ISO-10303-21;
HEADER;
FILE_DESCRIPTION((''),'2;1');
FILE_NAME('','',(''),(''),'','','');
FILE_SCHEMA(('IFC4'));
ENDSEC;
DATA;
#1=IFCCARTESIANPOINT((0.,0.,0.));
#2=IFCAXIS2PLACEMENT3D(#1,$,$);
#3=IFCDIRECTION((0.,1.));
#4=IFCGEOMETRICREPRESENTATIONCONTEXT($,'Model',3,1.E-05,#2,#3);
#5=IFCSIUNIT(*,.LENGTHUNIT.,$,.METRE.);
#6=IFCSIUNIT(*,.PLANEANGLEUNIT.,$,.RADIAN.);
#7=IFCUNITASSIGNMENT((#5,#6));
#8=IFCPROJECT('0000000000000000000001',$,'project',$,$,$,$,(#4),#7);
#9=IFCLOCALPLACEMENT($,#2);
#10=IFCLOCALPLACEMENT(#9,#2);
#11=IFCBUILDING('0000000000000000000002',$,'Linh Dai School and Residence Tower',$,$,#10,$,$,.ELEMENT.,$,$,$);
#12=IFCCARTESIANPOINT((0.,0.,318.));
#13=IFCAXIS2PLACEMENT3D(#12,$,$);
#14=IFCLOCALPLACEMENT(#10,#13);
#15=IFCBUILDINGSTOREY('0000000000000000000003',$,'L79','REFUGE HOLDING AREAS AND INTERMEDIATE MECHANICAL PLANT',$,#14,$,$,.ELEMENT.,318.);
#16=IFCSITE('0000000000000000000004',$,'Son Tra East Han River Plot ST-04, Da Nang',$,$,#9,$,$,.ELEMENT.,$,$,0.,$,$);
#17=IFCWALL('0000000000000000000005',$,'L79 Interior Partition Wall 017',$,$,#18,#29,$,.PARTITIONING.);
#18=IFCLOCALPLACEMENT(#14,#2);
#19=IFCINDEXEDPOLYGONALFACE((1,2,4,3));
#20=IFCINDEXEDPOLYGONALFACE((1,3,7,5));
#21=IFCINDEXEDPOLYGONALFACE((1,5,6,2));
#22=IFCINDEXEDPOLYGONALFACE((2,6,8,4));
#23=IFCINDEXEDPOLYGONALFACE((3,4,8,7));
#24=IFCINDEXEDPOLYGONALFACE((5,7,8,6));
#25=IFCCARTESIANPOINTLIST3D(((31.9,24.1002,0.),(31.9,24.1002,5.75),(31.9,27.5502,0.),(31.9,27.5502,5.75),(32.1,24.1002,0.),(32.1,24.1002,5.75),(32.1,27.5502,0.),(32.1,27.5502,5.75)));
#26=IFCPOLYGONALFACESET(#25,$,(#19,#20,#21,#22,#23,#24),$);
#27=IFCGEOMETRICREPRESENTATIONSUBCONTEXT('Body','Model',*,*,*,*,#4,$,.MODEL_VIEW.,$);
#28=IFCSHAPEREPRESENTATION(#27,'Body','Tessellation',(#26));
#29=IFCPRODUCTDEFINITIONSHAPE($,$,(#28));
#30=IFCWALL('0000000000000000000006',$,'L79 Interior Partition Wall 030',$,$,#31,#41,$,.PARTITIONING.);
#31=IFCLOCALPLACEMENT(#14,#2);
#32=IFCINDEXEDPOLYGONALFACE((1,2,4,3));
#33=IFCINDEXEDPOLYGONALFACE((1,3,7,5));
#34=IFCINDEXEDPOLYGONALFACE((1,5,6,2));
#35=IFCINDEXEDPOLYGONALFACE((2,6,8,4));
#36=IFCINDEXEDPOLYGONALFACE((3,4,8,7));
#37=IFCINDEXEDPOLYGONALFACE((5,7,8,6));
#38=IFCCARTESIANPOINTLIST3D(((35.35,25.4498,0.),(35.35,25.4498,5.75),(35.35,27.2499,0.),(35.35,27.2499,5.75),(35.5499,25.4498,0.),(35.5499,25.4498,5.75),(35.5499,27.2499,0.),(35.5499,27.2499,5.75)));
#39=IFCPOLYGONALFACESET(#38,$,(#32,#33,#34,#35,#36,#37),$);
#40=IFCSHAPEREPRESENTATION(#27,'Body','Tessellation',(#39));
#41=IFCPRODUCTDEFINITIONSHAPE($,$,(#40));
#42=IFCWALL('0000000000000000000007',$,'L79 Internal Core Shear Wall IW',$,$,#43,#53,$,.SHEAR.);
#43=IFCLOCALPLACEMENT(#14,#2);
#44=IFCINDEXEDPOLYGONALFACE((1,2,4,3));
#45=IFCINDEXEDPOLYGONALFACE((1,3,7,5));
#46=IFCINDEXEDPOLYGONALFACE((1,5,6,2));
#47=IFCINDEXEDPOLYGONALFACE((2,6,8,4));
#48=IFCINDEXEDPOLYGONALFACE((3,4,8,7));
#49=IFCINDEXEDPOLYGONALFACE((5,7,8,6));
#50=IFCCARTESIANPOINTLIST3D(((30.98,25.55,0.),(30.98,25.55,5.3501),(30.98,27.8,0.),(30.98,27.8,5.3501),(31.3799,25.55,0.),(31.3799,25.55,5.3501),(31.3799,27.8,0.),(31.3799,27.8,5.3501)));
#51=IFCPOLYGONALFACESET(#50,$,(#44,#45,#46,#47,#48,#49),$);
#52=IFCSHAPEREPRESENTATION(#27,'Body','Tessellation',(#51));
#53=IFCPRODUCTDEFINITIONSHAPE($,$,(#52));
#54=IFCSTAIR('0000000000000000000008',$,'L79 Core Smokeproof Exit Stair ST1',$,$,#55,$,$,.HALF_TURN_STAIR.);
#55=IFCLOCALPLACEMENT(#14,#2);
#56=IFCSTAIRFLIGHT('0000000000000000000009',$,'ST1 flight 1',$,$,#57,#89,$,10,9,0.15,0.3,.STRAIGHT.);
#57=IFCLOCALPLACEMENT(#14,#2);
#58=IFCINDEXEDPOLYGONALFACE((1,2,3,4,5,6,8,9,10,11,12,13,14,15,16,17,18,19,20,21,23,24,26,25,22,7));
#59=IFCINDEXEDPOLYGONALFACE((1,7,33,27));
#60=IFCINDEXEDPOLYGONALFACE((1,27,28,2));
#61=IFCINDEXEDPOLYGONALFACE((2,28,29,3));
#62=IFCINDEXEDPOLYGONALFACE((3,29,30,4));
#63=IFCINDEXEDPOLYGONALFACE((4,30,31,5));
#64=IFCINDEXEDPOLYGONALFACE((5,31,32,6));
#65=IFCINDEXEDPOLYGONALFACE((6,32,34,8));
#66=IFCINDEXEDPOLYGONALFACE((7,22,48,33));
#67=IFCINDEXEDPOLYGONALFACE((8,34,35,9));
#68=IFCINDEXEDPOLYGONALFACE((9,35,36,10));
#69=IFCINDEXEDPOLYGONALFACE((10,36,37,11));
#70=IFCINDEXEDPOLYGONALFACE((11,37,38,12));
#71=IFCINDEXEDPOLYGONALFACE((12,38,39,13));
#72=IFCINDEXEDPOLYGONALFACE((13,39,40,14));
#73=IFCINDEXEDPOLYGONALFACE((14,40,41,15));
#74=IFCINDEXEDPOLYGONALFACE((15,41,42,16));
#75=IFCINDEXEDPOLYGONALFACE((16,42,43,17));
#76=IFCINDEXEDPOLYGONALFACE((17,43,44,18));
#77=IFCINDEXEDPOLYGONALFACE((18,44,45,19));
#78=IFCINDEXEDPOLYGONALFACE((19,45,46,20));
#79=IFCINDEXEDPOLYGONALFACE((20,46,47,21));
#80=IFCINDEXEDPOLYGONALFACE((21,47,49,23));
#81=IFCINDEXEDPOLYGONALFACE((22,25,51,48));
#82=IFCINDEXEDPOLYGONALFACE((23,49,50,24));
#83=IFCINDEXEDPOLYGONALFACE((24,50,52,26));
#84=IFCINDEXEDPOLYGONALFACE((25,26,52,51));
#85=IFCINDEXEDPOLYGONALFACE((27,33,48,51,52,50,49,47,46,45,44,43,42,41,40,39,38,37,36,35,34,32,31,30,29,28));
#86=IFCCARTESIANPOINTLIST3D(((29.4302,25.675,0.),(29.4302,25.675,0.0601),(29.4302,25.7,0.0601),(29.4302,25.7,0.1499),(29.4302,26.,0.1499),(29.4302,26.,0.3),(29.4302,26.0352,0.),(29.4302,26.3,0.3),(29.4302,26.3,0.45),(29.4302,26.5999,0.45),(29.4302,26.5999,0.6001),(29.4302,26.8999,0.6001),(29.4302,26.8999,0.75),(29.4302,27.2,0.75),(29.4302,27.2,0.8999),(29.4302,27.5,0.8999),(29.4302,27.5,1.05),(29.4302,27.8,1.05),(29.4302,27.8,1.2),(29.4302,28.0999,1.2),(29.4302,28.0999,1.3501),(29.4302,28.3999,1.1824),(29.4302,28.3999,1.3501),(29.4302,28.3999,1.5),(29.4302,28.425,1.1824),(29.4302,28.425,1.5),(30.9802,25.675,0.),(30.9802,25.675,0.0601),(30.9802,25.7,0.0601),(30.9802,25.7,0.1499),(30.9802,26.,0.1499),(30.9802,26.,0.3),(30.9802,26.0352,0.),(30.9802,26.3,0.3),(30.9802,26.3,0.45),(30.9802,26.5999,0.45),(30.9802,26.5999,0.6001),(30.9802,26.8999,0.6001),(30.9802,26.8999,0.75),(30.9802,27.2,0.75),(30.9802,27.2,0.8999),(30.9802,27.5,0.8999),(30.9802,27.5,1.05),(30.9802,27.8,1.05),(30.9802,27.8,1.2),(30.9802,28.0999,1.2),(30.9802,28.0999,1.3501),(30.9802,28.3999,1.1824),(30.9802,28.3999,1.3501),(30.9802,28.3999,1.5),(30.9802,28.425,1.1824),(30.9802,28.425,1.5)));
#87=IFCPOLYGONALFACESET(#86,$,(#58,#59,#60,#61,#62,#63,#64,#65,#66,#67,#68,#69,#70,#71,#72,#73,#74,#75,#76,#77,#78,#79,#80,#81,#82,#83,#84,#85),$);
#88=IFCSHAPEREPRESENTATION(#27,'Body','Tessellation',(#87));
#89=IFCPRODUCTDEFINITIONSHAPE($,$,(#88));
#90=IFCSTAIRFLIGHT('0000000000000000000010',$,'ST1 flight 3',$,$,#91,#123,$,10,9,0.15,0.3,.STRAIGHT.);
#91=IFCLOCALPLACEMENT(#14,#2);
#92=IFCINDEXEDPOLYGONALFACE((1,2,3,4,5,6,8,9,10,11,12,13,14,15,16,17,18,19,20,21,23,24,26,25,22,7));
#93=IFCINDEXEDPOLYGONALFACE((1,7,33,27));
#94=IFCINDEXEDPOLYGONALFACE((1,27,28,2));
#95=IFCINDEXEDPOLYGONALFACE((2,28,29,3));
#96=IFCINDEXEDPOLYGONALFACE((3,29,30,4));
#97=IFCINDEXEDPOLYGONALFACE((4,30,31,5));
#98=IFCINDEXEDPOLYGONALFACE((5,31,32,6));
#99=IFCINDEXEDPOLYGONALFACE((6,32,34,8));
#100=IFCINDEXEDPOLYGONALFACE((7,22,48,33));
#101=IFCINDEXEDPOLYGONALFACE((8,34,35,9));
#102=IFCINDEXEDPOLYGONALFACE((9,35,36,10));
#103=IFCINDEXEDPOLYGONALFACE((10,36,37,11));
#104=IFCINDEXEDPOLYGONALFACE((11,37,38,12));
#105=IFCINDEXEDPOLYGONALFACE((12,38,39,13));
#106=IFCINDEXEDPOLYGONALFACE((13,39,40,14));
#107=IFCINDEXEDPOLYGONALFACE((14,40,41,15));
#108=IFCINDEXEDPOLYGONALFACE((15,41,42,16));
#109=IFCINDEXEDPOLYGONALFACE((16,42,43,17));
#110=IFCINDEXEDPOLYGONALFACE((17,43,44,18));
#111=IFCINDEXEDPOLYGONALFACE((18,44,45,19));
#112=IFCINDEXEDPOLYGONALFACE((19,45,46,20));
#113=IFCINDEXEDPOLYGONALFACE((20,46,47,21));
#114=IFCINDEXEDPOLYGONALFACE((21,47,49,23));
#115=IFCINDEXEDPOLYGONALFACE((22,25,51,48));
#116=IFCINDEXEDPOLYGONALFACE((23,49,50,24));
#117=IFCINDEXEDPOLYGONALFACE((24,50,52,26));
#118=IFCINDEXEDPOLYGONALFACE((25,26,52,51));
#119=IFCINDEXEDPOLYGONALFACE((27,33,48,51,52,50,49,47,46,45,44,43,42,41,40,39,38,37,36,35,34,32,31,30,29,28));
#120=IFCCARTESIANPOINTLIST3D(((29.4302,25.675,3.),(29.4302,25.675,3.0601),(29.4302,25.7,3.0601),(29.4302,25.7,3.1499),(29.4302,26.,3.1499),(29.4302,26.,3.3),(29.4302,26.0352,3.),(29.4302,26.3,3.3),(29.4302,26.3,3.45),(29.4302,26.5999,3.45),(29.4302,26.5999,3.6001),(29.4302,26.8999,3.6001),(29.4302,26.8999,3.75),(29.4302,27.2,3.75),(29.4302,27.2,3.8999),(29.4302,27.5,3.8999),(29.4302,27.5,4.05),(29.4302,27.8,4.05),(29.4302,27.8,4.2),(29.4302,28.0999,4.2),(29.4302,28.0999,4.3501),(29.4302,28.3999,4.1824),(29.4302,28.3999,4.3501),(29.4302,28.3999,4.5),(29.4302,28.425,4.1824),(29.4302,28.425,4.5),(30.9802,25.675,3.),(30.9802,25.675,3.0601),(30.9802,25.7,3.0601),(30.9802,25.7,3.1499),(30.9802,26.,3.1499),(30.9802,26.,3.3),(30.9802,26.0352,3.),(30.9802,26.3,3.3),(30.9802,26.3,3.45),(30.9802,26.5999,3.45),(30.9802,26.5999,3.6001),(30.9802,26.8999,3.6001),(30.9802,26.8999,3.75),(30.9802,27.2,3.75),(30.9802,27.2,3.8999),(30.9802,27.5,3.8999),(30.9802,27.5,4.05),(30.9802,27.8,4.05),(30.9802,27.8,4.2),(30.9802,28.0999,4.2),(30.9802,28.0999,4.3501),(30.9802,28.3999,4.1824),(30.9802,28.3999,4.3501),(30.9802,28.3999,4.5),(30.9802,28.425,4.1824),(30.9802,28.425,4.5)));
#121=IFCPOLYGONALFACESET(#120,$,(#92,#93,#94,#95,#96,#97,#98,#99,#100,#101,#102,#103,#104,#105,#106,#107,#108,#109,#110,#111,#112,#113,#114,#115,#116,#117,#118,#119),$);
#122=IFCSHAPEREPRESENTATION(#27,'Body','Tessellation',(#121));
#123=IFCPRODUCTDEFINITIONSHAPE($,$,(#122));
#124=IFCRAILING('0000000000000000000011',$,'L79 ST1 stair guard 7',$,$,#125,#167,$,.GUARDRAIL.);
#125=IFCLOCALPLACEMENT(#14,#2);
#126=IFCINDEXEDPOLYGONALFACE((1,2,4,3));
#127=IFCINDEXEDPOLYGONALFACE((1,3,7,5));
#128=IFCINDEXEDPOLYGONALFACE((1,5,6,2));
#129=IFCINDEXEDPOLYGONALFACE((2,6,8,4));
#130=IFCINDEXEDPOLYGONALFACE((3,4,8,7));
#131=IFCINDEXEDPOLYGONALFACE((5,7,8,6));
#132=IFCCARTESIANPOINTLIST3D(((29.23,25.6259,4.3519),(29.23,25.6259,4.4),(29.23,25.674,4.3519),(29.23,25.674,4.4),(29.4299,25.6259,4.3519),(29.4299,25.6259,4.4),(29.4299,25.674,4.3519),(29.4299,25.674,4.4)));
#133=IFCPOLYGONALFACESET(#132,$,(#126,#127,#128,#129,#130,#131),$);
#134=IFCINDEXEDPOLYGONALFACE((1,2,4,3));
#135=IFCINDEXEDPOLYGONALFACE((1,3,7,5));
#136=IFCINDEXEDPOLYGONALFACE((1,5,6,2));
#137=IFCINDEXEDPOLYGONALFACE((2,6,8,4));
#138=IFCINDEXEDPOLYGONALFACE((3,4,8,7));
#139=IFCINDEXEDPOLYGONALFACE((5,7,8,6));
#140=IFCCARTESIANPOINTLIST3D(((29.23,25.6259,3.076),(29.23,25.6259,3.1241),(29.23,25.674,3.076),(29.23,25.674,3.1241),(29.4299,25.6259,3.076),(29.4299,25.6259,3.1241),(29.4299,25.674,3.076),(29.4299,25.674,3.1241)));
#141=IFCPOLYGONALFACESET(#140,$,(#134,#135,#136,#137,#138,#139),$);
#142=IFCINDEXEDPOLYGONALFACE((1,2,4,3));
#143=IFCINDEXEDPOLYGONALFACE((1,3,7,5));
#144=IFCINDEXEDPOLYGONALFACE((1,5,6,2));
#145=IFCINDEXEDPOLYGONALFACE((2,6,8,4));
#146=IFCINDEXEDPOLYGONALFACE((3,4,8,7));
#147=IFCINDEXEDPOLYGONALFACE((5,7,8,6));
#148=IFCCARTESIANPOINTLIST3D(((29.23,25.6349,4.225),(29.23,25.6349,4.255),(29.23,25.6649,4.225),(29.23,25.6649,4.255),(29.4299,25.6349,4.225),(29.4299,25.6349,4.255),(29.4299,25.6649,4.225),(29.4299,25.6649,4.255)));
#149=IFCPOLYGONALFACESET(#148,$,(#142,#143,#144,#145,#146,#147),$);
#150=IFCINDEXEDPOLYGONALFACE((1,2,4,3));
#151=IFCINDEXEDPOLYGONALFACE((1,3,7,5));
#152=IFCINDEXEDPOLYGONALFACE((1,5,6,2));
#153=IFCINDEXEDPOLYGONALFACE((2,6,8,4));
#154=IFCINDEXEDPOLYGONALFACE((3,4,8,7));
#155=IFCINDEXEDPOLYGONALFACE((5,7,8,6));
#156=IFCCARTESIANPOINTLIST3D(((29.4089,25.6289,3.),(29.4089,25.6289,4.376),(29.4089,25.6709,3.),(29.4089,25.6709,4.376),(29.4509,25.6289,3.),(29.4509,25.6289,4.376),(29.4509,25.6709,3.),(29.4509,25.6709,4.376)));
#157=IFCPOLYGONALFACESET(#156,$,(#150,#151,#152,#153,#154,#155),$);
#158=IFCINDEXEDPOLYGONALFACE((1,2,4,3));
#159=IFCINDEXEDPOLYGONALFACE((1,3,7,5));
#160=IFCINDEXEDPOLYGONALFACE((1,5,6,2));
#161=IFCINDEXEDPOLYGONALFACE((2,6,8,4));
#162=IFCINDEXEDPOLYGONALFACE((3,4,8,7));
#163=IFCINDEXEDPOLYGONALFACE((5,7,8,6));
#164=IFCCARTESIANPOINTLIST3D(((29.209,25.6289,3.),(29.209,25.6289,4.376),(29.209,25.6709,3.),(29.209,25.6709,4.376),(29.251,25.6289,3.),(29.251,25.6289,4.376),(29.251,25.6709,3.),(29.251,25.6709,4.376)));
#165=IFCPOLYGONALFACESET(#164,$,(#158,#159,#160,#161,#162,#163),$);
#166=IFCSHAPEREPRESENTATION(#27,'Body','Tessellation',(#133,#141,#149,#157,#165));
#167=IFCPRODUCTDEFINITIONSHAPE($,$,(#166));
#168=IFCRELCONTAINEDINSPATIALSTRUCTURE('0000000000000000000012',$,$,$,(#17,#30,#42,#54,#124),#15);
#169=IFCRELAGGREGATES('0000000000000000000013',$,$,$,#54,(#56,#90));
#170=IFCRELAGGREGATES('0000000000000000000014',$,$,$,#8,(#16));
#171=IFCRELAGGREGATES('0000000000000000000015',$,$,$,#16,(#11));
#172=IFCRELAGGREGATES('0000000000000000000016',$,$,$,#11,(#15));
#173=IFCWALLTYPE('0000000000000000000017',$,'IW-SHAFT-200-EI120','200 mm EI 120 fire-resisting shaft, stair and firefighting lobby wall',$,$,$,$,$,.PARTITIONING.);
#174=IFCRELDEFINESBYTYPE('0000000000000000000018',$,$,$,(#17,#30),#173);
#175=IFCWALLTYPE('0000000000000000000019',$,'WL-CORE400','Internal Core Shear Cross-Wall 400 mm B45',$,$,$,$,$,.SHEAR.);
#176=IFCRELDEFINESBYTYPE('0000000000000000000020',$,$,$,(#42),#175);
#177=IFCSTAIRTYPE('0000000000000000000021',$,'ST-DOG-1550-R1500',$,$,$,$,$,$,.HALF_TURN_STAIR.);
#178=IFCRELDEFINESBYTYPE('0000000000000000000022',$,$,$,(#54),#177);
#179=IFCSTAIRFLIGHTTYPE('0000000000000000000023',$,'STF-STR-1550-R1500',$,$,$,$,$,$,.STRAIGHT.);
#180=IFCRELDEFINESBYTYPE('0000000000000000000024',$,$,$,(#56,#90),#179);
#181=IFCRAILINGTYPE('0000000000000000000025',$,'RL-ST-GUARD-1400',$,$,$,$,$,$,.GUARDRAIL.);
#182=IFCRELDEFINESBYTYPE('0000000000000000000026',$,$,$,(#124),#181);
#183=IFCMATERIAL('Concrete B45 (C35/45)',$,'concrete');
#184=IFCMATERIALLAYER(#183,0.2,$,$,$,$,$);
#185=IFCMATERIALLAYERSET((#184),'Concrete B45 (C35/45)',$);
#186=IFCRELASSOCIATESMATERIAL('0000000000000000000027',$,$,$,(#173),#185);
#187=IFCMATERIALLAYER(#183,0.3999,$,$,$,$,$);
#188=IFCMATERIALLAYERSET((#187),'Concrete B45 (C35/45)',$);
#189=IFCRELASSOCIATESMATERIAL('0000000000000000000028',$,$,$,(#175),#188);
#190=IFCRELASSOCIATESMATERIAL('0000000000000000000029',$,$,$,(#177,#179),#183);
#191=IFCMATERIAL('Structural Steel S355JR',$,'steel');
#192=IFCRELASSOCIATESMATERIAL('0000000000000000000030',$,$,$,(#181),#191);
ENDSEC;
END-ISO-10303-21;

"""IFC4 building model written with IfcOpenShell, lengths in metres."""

from ifc_helpers import new_model, si_unit, direction, frame, frame_2d, origin, origin_2d, place, context, subcontext, project, spatial, polyline, rectangle, outline, extrude, source, transform, mapped, material, layer, layer_set, type_object, element, aggregate, save


model = new_model("IFC4")

# Units and contexts
model_context = context("Model", 3, precision=1e-05, world=origin(), true_north=direction((0.0, 1.0)))
body_context = subcontext(model_context, "Body", "Model", "MODEL_VIEW")
ifc_project = project(units=[si_unit("LENGTHUNIT", "METRE"), si_unit("PLANEANGLEUNIT", "RADIAN")], contexts=[model_context])

# Site, building, storey
site_placement = place(None, origin())
site = spatial("IfcSite", under=ifc_project, at=site_placement, Name="Son Tra East Han River Plot ST-04, Da Nang", CompositionType="ELEMENT", RefElevation=0.0)
building_placement = place(site_placement, origin())
building = spatial("IfcBuilding", under=site, at=building_placement, Name="Linh Dai School and Residence Tower", CompositionType="ELEMENT")
storey_placement = place(building_placement, frame((0.0, 0.0, 318.0)))
storey = spatial("IfcBuildingStorey", under=building, at=storey_placement, Name="L79", Description="REFUGE HOLDING AREAS AND INTERMEDIATE MECHANICAL PLANT", CompositionType="ELEMENT", Elevation=318.0)

# Shared definitions
ifc_material_1 = material(Name="Structural Steel S355JR", Category="steel")

# Shared definitions
ifc_material_2 = material(Name="Concrete B45 (C35/45)", Category="concrete")
ifc_layer_1 = layer(ifc_material_2, 0.2)
ifc_layer_set_1 = layer_set([ifc_layer_1], Name="Concrete B45 (C35/45)")
wall_type_1 = type_object("IfcWallType", Name="IW-SHAFT-200-EI120", Description="200 mm EI 120 fire-resisting shaft, stair and firefighting lobby wall", PredefinedType="PARTITIONING", material=ifc_layer_set_1)

# Wall
wall_1_placement = place(storey_placement, frame((32.0, 24.1001, 0.0), z_axis=(0.0, 0.0, 1.0), x_axis=(0.0, 1.0, 0.0)))
element("IfcWall", 1, at=wall_1_placement, inside=storey, type_object=wall_type_1, Name="L79 Interior Partition Wall 017", PredefinedType="PARTITIONING", context=body_context, shape_type="SweptSolid", body=[
    extrude(rectangle(XDim=3.45, YDim=0.2, at=frame_2d((1.7251, 0.0))), origin(), (0.0, 0.0, 1.0), 5.75),
])

# Wall
wall_2_placement = place(storey_placement, frame((35.45, 25.45, 0.0), z_axis=(0.0, 0.0, 1.0), x_axis=(0.0, 1.0, 0.0)))
element("IfcWall", 2, at=wall_2_placement, inside=storey, type_object=wall_type_1, Name="L79 Interior Partition Wall 030", PredefinedType="PARTITIONING", context=body_context, shape_type="SweptSolid", body=[
    extrude(rectangle(XDim=1.8, YDim=0.2, at=frame_2d((0.8999, 0.0))), origin(), (0.0, 0.0, 1.0), 5.75),
])

# Wall
ifc_layer_2 = layer(ifc_material_2, 0.3999)
ifc_layer_set_2 = layer_set([ifc_layer_2], Name="Concrete B45 (C35/45)")
wall_type_2 = type_object("IfcWallType", Name="WL-CORE400", Description="Internal Core Shear Cross-Wall 400 mm B45", PredefinedType="SHEAR", material=ifc_layer_set_2)
wall_3_placement = place(storey_placement, frame((31.1799, 25.55, 0.0), z_axis=(0.0, 0.0, 1.0), x_axis=(0.0, 1.0, 0.0)))
element("IfcWall", 3, at=wall_3_placement, inside=storey, type_object=wall_type_2, Name="L79 Internal Core Shear Wall IW", PredefinedType="SHEAR", context=body_context, shape_type="SweptSolid", body=[
    extrude(rectangle(XDim=2.25, YDim=0.3999, at=frame_2d((1.125, 0.0))), origin(), (0.0, 0.0, 1.0), 5.3501),
])

# Stair, stair flights
stair_type = type_object("IfcStairType", Name="ST-DOG-1550-R1500", PredefinedType="HALF_TURN_STAIR", material=ifc_material_2)
stair_placement = place(storey_placement, origin())
stair = element("IfcStair", 4, at=stair_placement, inside=storey, type_object=stair_type, Name="L79 Core Smokeproof Exit Stair ST1", PredefinedType="HALF_TURN_STAIR")
stair_flight_type = type_object("IfcStairFlightType", Name="STF-STR-1550-R1500", PredefinedType="STRAIGHT", material=ifc_material_2)
shared_shape_1 = source(origin(), body_context, "Body", "SweptSolid", [
    extrude(outline(polyline([(-0.0249, 0.0), (-0.0249, 0.0601), (0.0, 0.0601), (0.0, 0.1499), (0.3, 0.1499), (0.3, 0.3), (0.6001, 0.3), (0.6001, 0.45), (0.8999, 0.45), (0.8999, 0.6001), (1.2, 0.6001), (1.2, 0.75), (1.5, 0.75), (1.5, 0.8999), (1.8, 0.8999), (1.8, 1.05), (2.1001, 1.05), (2.1001, 1.2), (2.3999, 1.2), (2.3999, 1.3501), (2.7, 1.3501), (2.7, 1.5), (2.7251, 1.5), (2.7251, 1.1824), (2.7, 1.1824), (0.3352, 0.0), (-0.0249, 0.0)])), frame((0.0, 0.7749, 0.0), z_axis=(0.0, -1.0, 0.0), x_axis=(1.0, 0.0, 0.0)), (0.0, 0.0, 1.0), 1.55),
])
stair_flight_1_placement = place(storey_placement, frame((30.2051, 25.7, 0.0), z_axis=(0.0, 0.0, 1.0), x_axis=(0.0, 1.0, 0.0)))
stair_flight_1 = element("IfcStairFlight", 5, at=stair_flight_1_placement, type_object=stair_flight_type, Name="ST1 flight 1", NumberOfRisers=10, NumberOfTreads=9, PredefinedType="STRAIGHT", RiserHeight=0.15, TreadLength=0.3, context=body_context, shape_type="MappedRepresentation", body=[
    mapped(shared_shape_1, transform((0.0, 0.0, 0.0), x_axis=(1.0, 0.0, 0.0), y_axis=(0.0, 1.0, 0.0), z_axis=(0.0, 0.0, 1.0), scale=1.0)),
])
stair_flight_2_placement = place(storey_placement, frame((30.2051, 25.7, 3.0), z_axis=(0.0, 0.0, 1.0), x_axis=(0.0, 1.0, 0.0)))
stair_flight_2 = element("IfcStairFlight", 6, at=stair_flight_2_placement, type_object=stair_flight_type, Name="ST1 flight 3", NumberOfRisers=10, NumberOfTreads=9, PredefinedType="STRAIGHT", RiserHeight=0.15, TreadLength=0.3, context=body_context, shape_type="MappedRepresentation", body=[
    mapped(shared_shape_1, transform((0.0, 0.0, 0.0), x_axis=(1.0, 0.0, 0.0), y_axis=(0.0, 1.0, 0.0), z_axis=(0.0, 0.0, 1.0), scale=1.0)),
])
aggregate(stair, [stair_flight_1, stair_flight_2])

# Railing
railing_type_1 = type_object("IfcRailingType", Name="RL-ST-GUARD-1400", PredefinedType="GUARDRAIL", material=ifc_material_1)
shared_shape_2 = source(origin(), body_context, "Body", "SweptSolid", [
    extrude(rectangle(XDim=0.0481, YDim=0.0481, at=origin_2d()), frame((0.0, 0.0, 1.376), z_axis=(-1.0, 0.0, 0.0), x_axis=(0.0, -1.0, 0.0)), (0.0, 0.0, 1.0), 0.2),
    extrude(rectangle(XDim=0.0481, YDim=0.0481, at=origin_2d()), frame((0.0, 0.0, 0.1001), z_axis=(-1.0, 0.0, 0.0), x_axis=(0.0, -1.0, 0.0)), (0.0, 0.0, 1.0), 0.2),
    extrude(rectangle(XDim=0.03, YDim=0.03, at=origin_2d()), frame((0.0, 0.0, 1.24), z_axis=(-1.0, 0.0, 0.0), x_axis=(0.0, -1.0, 0.0)), (0.0, 0.0, 1.0), 0.2),
    extrude(rectangle(XDim=0.042, YDim=0.042, at=origin_2d()), origin(), (0.0, 0.0, 1.0), 1.376),
    extrude(rectangle(XDim=0.042, YDim=0.042, at=origin_2d()), frame((-0.2, 0.0, 0.0)), (0.0, 0.0, 1.0), 1.376),
])
for number, where, name in (
    (7, (29.4299, 25.6499, 3.0), "L79 ST1 stair guard 7"),
):
    element("IfcRailing", number, at=place(storey_placement, frame(where)), inside=storey, type_object=railing_type_1, Name=name, PredefinedType="GUARDRAIL", context=body_context, shape_type="MappedRepresentation", body=[
        mapped(shared_shape_2, transform((0.0, 0.0, 0.0), x_axis=(1.0, 0.0, 0.0), y_axis=(0.0, 1.0, 0.0), z_axis=(0.0, 0.0, 1.0), scale=1.0)),
    ])

save(model, "model.ifc")
